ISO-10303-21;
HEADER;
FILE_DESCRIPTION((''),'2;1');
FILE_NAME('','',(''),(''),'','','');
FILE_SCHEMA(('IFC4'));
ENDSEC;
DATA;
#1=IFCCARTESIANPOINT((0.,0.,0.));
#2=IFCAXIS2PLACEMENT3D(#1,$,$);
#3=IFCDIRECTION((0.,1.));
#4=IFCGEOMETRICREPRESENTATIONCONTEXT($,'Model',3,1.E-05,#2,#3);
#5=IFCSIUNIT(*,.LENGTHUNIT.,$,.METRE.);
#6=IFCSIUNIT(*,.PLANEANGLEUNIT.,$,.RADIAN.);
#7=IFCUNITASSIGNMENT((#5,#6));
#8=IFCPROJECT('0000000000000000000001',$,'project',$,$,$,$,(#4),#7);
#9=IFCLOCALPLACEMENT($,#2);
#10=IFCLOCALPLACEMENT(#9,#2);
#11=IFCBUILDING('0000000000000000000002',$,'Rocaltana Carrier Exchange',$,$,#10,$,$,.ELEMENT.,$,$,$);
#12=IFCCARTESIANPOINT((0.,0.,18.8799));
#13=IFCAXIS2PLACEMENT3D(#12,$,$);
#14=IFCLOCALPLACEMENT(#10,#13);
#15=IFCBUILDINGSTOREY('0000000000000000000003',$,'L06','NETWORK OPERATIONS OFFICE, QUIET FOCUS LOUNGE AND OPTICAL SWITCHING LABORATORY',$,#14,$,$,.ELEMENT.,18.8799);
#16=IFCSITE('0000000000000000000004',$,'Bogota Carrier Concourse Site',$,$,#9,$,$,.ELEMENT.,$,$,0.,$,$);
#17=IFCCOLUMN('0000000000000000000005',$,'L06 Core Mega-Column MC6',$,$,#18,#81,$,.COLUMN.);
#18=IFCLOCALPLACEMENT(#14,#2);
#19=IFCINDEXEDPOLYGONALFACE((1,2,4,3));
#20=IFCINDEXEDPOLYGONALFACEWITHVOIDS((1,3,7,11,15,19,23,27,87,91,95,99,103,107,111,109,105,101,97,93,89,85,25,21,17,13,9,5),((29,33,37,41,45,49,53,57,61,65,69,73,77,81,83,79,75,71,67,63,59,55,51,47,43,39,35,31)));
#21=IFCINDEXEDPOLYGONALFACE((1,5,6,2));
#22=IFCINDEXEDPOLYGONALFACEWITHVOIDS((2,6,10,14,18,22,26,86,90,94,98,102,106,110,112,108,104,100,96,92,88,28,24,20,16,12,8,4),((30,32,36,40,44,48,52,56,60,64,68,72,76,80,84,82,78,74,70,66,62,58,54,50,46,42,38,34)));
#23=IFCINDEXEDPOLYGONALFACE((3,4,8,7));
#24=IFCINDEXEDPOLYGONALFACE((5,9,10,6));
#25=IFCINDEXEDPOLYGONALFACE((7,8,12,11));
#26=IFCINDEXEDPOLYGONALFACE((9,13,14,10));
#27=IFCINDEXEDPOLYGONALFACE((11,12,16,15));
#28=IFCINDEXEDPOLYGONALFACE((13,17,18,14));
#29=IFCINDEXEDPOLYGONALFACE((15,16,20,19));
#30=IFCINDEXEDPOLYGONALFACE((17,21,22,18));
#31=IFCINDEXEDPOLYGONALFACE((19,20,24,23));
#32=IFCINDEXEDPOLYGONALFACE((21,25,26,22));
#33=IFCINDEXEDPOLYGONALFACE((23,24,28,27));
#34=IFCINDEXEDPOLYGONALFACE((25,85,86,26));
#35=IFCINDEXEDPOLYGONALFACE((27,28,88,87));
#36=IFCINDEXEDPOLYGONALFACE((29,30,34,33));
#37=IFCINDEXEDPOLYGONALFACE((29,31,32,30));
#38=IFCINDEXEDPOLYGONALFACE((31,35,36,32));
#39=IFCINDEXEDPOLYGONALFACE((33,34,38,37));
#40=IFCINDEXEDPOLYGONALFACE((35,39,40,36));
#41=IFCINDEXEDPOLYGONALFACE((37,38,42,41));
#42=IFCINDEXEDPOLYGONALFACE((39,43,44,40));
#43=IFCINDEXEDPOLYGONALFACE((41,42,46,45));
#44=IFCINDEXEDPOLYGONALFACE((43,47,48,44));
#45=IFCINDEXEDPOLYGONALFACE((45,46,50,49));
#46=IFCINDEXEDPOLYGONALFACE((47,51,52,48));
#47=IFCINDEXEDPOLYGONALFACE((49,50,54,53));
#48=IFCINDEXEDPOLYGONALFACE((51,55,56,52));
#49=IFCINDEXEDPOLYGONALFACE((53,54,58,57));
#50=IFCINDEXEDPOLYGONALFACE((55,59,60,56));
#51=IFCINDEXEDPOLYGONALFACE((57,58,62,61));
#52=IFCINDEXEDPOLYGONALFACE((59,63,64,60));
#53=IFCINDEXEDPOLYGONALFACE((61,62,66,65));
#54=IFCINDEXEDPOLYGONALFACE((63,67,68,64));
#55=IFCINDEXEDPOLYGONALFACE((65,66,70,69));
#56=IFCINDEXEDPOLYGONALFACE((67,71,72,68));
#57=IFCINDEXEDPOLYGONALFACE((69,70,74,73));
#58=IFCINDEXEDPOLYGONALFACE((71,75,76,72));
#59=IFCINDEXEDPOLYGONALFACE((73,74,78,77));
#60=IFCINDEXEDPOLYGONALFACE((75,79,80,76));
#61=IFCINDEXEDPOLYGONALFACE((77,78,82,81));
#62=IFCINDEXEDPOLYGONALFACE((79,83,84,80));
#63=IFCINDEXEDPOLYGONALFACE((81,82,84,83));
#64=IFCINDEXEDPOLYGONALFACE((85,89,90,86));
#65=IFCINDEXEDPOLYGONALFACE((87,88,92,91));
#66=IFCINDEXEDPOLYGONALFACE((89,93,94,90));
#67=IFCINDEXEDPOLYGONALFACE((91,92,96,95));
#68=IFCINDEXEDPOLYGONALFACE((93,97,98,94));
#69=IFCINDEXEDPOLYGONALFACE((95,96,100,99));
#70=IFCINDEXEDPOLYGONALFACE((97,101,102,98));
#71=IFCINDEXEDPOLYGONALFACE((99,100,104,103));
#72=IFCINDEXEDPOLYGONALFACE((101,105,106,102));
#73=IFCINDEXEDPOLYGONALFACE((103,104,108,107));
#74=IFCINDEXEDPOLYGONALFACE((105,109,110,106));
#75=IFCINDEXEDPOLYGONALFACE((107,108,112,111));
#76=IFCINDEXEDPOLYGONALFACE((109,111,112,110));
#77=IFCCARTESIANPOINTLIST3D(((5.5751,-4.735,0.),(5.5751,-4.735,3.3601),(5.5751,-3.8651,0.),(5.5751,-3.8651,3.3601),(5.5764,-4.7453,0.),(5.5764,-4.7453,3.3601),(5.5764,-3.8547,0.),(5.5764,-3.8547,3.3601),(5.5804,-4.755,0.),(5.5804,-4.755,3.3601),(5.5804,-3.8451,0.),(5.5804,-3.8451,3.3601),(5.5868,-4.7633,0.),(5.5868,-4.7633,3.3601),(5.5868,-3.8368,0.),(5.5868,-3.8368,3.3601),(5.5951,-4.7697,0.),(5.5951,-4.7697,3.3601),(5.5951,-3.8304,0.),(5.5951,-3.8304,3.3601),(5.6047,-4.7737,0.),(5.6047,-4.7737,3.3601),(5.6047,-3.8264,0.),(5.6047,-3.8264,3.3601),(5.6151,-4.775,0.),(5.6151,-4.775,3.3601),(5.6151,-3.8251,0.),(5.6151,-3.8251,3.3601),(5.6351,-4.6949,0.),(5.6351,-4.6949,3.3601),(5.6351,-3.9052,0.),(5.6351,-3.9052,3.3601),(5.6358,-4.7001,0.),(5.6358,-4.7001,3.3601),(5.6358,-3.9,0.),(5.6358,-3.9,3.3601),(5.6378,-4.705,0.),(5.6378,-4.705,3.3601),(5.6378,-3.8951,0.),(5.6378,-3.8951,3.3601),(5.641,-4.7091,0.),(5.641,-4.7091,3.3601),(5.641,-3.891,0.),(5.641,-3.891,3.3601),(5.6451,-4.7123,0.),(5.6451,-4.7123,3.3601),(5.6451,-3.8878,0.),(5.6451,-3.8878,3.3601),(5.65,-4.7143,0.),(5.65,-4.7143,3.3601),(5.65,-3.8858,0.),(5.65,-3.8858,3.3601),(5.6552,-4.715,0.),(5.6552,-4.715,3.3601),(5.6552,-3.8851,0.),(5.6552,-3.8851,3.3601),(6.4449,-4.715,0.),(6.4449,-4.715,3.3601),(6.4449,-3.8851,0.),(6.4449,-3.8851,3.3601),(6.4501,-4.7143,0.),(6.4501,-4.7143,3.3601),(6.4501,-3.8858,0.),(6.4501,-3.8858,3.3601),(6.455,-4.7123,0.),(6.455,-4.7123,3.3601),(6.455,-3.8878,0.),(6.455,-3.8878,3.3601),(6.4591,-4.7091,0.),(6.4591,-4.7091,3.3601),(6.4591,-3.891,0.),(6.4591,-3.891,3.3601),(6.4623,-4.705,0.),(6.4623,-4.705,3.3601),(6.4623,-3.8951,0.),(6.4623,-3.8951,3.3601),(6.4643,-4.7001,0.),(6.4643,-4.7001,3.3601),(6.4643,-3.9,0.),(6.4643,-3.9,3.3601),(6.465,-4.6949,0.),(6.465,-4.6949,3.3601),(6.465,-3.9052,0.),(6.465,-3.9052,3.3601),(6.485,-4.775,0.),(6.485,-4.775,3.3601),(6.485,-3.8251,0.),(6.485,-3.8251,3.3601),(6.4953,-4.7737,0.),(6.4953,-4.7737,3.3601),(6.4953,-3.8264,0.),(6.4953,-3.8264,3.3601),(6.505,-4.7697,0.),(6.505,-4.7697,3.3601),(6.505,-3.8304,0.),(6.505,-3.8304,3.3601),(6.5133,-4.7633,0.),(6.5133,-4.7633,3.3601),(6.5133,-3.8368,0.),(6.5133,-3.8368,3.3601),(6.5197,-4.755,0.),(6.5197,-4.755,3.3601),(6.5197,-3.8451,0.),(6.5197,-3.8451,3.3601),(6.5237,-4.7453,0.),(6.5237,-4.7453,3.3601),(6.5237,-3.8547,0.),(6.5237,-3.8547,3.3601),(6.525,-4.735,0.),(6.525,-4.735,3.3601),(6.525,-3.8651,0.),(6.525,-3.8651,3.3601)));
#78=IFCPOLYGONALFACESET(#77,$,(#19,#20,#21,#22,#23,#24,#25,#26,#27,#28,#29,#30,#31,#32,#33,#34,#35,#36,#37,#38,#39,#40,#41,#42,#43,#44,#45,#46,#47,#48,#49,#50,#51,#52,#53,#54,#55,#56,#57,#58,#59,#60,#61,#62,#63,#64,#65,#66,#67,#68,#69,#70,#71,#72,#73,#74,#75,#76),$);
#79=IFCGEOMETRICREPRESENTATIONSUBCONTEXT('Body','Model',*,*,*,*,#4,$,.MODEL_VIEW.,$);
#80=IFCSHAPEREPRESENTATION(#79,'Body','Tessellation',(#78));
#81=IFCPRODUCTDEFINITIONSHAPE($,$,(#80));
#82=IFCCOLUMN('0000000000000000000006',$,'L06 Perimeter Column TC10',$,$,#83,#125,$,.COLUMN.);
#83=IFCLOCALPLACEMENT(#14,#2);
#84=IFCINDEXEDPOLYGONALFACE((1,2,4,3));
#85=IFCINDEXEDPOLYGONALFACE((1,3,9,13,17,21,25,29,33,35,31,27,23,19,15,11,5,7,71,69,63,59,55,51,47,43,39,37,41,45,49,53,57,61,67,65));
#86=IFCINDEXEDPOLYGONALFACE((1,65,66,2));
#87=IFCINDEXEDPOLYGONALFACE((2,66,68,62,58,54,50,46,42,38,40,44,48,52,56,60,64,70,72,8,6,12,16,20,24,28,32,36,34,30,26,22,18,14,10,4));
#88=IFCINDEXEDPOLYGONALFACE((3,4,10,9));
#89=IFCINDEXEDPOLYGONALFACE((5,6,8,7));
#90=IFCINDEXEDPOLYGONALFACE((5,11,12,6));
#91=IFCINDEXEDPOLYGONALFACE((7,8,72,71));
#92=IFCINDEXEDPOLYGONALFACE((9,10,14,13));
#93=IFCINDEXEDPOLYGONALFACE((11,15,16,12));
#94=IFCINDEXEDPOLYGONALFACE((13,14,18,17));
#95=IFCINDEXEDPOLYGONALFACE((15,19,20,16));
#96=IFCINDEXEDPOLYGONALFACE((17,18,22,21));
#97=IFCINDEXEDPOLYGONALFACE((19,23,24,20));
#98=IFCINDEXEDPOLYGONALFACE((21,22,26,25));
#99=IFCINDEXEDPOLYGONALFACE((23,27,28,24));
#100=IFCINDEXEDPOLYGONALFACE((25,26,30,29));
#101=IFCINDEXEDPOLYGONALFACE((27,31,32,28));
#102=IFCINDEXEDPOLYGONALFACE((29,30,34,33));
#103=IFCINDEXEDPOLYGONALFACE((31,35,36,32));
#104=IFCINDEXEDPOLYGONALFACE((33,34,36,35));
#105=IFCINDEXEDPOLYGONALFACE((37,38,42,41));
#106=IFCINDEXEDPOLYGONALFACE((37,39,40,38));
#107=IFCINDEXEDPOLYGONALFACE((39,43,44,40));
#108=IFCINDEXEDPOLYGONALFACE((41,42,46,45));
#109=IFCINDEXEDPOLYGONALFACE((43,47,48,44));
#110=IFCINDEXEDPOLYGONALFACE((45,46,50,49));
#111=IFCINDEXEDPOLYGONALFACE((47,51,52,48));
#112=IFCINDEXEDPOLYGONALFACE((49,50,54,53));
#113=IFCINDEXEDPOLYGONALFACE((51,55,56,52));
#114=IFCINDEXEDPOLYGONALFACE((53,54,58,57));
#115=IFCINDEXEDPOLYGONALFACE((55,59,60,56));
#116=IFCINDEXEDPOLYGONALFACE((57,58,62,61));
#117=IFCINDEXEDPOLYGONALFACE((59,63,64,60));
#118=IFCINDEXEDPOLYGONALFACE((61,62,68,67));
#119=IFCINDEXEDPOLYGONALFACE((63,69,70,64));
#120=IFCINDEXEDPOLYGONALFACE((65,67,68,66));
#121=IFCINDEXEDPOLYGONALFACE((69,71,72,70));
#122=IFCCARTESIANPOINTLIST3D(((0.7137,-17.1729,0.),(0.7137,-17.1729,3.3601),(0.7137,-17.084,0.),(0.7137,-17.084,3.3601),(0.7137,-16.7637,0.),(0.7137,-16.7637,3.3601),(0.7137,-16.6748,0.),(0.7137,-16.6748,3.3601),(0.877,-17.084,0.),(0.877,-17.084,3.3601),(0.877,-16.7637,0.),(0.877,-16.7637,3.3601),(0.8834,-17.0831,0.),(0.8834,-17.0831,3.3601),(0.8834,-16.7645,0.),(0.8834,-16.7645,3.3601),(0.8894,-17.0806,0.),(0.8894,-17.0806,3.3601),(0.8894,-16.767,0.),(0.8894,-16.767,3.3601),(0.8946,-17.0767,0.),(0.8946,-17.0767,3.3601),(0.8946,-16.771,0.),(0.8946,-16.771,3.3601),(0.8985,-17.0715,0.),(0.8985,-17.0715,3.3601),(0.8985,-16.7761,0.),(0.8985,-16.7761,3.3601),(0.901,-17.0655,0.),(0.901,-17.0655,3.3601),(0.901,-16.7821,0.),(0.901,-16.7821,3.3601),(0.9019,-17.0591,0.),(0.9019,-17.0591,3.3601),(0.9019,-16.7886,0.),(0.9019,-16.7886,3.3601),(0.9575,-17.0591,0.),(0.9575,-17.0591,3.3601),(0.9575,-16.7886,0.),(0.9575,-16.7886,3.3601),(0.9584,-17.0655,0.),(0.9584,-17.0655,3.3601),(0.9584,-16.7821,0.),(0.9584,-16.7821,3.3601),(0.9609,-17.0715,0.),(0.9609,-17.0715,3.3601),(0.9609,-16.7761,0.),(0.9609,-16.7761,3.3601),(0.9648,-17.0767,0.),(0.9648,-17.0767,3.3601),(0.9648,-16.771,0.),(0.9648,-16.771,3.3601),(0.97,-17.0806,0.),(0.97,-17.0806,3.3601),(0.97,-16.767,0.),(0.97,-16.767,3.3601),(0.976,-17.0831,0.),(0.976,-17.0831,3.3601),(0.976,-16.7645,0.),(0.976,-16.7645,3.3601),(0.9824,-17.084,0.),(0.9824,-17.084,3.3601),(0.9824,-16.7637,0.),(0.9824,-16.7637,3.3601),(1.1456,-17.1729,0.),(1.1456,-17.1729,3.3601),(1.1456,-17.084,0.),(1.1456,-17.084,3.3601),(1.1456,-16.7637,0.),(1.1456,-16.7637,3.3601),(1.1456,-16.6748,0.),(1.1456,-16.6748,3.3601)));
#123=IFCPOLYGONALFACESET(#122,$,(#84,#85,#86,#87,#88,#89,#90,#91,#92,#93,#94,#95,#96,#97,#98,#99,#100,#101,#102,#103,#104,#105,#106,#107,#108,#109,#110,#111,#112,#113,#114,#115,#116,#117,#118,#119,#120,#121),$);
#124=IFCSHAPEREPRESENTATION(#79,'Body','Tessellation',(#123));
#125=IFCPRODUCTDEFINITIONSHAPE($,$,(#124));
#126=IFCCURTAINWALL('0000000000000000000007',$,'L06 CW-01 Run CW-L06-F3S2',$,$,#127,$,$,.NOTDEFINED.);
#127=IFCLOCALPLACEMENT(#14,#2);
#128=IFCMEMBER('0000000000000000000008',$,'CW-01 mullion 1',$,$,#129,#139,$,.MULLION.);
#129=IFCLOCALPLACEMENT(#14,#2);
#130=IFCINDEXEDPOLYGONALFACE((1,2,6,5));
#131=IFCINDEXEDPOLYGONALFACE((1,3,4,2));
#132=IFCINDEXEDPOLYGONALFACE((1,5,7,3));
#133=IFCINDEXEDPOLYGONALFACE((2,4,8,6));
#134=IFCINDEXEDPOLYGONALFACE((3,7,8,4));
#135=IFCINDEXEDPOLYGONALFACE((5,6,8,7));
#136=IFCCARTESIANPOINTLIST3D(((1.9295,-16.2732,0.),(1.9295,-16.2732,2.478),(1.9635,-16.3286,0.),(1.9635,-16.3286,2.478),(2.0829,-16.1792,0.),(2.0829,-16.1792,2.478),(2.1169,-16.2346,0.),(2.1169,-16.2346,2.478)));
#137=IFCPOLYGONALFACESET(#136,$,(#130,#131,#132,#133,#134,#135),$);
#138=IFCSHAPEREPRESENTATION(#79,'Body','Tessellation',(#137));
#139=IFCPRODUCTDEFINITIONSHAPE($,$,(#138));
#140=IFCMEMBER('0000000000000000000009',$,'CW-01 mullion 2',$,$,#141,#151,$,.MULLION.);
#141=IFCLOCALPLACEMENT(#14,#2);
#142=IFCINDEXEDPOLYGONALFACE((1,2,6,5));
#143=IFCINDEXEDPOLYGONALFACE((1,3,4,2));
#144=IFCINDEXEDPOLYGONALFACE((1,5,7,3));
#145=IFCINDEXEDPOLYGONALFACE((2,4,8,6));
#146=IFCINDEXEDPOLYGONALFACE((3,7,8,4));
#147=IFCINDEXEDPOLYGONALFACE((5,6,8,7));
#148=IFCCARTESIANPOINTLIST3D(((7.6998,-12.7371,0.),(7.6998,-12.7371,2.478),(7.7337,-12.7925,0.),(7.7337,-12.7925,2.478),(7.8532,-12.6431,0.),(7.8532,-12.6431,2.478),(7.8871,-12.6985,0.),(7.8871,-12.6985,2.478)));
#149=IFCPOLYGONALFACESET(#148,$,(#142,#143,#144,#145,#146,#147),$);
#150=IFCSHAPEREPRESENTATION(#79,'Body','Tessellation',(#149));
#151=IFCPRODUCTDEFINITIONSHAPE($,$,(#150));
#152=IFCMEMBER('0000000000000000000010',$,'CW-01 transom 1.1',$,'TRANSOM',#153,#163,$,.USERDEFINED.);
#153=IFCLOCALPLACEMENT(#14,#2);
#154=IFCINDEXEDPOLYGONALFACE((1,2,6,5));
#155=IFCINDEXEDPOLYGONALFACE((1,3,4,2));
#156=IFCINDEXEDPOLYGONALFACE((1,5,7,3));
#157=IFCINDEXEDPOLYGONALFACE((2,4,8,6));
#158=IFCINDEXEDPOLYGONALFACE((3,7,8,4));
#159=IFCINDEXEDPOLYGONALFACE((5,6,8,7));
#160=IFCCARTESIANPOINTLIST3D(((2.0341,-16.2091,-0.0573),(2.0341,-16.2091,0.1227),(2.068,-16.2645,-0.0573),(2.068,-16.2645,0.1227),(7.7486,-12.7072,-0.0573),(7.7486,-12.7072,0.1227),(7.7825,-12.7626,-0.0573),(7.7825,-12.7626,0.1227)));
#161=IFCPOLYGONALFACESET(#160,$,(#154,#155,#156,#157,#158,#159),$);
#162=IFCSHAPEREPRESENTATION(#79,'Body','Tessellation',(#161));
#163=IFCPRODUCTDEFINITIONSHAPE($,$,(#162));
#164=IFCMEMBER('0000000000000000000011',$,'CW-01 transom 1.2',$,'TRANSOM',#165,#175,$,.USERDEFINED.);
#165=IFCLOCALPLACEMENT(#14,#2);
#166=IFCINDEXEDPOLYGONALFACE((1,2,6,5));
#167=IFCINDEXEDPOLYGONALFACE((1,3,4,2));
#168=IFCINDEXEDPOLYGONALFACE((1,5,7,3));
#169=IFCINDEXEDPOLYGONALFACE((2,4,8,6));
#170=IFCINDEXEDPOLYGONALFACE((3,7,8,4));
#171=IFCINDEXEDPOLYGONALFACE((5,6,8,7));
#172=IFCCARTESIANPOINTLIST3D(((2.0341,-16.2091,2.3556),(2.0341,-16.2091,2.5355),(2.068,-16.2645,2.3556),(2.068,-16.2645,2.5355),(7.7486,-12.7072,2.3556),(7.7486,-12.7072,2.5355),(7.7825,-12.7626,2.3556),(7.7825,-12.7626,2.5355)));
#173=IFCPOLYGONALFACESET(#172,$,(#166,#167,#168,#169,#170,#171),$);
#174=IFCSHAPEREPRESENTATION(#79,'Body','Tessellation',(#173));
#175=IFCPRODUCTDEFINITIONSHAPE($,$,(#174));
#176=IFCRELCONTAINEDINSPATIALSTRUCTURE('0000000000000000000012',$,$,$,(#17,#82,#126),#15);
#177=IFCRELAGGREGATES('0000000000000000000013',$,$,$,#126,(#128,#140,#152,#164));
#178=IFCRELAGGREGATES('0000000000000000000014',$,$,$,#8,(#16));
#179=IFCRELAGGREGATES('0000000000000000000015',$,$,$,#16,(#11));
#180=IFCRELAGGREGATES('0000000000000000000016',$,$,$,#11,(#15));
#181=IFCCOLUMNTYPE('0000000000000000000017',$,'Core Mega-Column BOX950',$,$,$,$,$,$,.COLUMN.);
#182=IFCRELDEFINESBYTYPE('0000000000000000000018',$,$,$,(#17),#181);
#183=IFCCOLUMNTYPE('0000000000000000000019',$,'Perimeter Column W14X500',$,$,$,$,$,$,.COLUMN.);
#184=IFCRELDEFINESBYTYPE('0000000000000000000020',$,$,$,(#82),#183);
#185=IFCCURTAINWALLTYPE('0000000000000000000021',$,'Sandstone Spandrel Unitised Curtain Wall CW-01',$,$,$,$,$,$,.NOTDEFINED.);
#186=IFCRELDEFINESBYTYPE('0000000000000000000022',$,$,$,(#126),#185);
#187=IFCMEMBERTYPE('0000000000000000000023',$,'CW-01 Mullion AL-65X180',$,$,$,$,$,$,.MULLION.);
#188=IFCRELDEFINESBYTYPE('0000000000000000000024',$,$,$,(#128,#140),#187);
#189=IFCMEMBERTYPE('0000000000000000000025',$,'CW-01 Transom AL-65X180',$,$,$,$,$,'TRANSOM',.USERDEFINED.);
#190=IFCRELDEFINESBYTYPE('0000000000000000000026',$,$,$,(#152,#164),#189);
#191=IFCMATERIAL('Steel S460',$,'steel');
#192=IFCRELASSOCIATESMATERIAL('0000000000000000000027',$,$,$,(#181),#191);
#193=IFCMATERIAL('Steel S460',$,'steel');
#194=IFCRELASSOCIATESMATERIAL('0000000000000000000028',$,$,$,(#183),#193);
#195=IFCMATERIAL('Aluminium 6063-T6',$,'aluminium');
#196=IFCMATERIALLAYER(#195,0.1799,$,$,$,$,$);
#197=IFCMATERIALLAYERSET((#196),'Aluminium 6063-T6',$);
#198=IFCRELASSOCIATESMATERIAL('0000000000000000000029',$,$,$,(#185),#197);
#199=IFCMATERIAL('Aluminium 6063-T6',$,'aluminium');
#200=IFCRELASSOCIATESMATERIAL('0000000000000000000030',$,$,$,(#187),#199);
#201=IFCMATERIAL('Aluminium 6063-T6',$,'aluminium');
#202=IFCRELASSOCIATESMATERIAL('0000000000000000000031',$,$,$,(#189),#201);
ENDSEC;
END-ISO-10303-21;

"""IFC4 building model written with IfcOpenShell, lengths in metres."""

from ifc_helpers import new_model, si_unit, direction, frame, origin, origin_2d, place, context, subcontext, project, spatial, rectangle, hollow_rectangle, i_section, extrude, material, layer, layer_set, material_profile, profile_set, type_object, element, aggregate, save


model = new_model("IFC4")

# Units and contexts
model_context = context("Model", 3, precision=1e-05, world=origin(), true_north=direction((0.0, 1.0)))
body_context = subcontext(model_context, "Body", "Model", "MODEL_VIEW")
ifc_project = project(units=[si_unit("LENGTHUNIT", "METRE"), si_unit("PLANEANGLEUNIT", "RADIAN")], contexts=[model_context])

# Site, building, storey
site_placement = place(None, origin())
site = spatial("IfcSite", under=ifc_project, at=site_placement, Name="Bogota Carrier Concourse Site", CompositionType="ELEMENT", RefElevation=0.0)
building_placement = place(site_placement, origin())
building = spatial("IfcBuilding", under=site, at=building_placement, Name="Rocaltana Carrier Exchange", CompositionType="ELEMENT")
storey_placement = place(building_placement, frame((0.0, 0.0, 18.8799)))
storey = spatial("IfcBuildingStorey", under=building, at=storey_placement, Name="L06", Description="NETWORK OPERATIONS OFFICE, QUIET FOCUS LOUNGE AND OPTICAL SWITCHING LABORATORY", CompositionType="ELEMENT", Elevation=18.8799)

# Columns
ifc_material_1 = material(Name="Steel S460", Category="steel")
ifc_material_profile_1 = material_profile(ifc_material_1, hollow_rectangle(XDim=0.95, YDim=0.95, WallThickness=0.0601, InnerFilletRadius=0.02, OuterFilletRadius=0.04, at=origin_2d()), Name="BOX950X950X60")
ifc_profile_set_1 = profile_set([ifc_material_profile_1], Name="Steel S460")
column_type_1 = type_object("IfcColumnType", Name="Core Mega-Column BOX950", PredefinedType="COLUMN", material=ifc_profile_set_1)
column_1_placement = place(storey_placement, frame((6.05, -4.3, 0.0), z_axis=(0.0, 0.0, 1.0), x_axis=(1.0, 0.0, 0.0)))
element("IfcColumn", 1, at=column_1_placement, inside=storey, type_object=column_type_1, Name="L06 Core Mega-Column MC6", PredefinedType="COLUMN", context=body_context, shape_type="SweptSolid", body=[
    extrude(hollow_rectangle(XDim=0.95, YDim=0.95, WallThickness=0.0601, InnerFilletRadius=0.02, OuterFilletRadius=0.04, at=origin_2d()), origin(), (0.0, 0.0, 1.0), 3.3601),
])
ifc_material_2 = material(Name="Steel S460", Category="steel")
ifc_material_profile_2 = material_profile(ifc_material_2, i_section(OverallWidth=0.4319, OverallDepth=0.498, WebThickness=0.0557, FlangeThickness=0.0889, FilletRadius=0.0249, at=origin_2d()), Name="W14X500")
ifc_profile_set_2 = profile_set([ifc_material_profile_2], Name="Steel S460")
column_type_2 = type_object("IfcColumnType", Name="Perimeter Column W14X500", PredefinedType="COLUMN", material=ifc_profile_set_2)
column_2_placement = place(storey_placement, frame((0.9297, -16.9238, 0.0), z_axis=(0.0, 0.0, 1.0), x_axis=(1.0, 0.0, 0.0)))
element("IfcColumn", 2, at=column_2_placement, inside=storey, type_object=column_type_2, Name="L06 Perimeter Column TC10", PredefinedType="COLUMN", context=body_context, shape_type="SweptSolid", body=[
    extrude(i_section(OverallWidth=0.4319, OverallDepth=0.498, WebThickness=0.0557, FlangeThickness=0.0889, FilletRadius=0.0249, at=origin_2d()), origin(), (0.0, 0.0, 1.0), 3.3601),
])

# Curtain wall, members
ifc_material_3 = material(Name="Aluminium 6063-T6", Category="aluminium")
ifc_layer_1 = layer(ifc_material_3, 0.1799)
ifc_layer_set_1 = layer_set([ifc_layer_1], Name="Aluminium 6063-T6")
curtain_wall_type = type_object("IfcCurtainWallType", Name="Sandstone Spandrel Unitised Curtain Wall CW-01", PredefinedType="NOTDEFINED", material=ifc_layer_set_1)
curtain_wall_placement = place(storey_placement, origin())
curtain_wall = element("IfcCurtainWall", 3, at=curtain_wall_placement, inside=storey, type_object=curtain_wall_type, Name="L06 CW-01 Run CW-L06-F3S2", PredefinedType="NOTDEFINED")
ifc_material_4 = material(Name="Aluminium 6063-T6", Category="aluminium")
ifc_material_profile_3 = material_profile(ifc_material_4, rectangle(XDim=0.0649, YDim=0.1799, at=origin_2d()), Name="AL-65X180")
ifc_profile_set_3 = profile_set([ifc_material_profile_3], Name="Aluminium 6063-T6")
member_type_1 = type_object("IfcMemberType", Name="CW-01 Mullion AL-65X180", PredefinedType="MULLION", material=ifc_profile_set_3)
member_1_placement = place(storey_placement, frame((2.0232, -16.2539, 0.0), z_axis=(0.0, 0.0, 1.0), x_axis=(-0.5225, 0.852639, 0.0)))
member_1 = element("IfcMember", 4, at=member_1_placement, type_object=member_type_1, Name="CW-01 mullion 1", PredefinedType="MULLION", context=body_context, shape_type="SweptSolid", body=[
    extrude(rectangle(XDim=0.0649, YDim=0.1799, at=origin_2d()), origin(), (0.0, 0.0, 1.0), 2.478),
])
member_2_placement = place(storey_placement, frame((7.7935, -12.7178, 0.0), z_axis=(0.0, 0.0, 1.0), x_axis=(-0.5225, 0.852639, 0.0)))
member_2 = element("IfcMember", 5, at=member_2_placement, type_object=member_type_1, Name="CW-01 mullion 2", PredefinedType="MULLION", context=body_context, shape_type="SweptSolid", body=[
    extrude(rectangle(XDim=0.0649, YDim=0.1799, at=origin_2d()), origin(), (0.0, 0.0, 1.0), 2.478),
])
ifc_material_5 = material(Name="Aluminium 6063-T6", Category="aluminium")
ifc_material_profile_4 = material_profile(ifc_material_5, rectangle(XDim=0.0649, YDim=0.1799, at=origin_2d()), Name="AL-65X180")
ifc_profile_set_4 = profile_set([ifc_material_profile_4], Name="Aluminium 6063-T6")
member_type_2 = type_object("IfcMemberType", Name="CW-01 Transom AL-65X180", ElementType="TRANSOM", PredefinedType="USERDEFINED", material=ifc_profile_set_4)
member_3_placement = place(storey_placement, frame((2.051, -16.2368, 0.0327), z_axis=(0.852637, 0.522503, 0.0), x_axis=(-0.522503, 0.852637, 0.0)))
member_3 = element("IfcMember", 6, at=member_3_placement, type_object=member_type_2, Name="CW-01 transom 1.1", ObjectType="TRANSOM", PredefinedType="USERDEFINED", context=body_context, shape_type="SweptSolid", body=[
    extrude(rectangle(XDim=0.0649, YDim=0.1799, at=origin_2d()), origin(), (0.0, 0.0, 1.0), 6.7021),
])
member_4_placement = place(storey_placement, frame((2.051, -16.2368, 2.4456), z_axis=(0.852637, 0.522503, 0.0), x_axis=(-0.522503, 0.852637, 0.0)))
member_4 = element("IfcMember", 7, at=member_4_placement, type_object=member_type_2, Name="CW-01 transom 1.2", ObjectType="TRANSOM", PredefinedType="USERDEFINED", context=body_context, shape_type="SweptSolid", body=[
    extrude(rectangle(XDim=0.0649, YDim=0.1799, at=origin_2d()), origin(), (0.0, 0.0, 1.0), 6.7021),
])

aggregate(curtain_wall, [member_1, member_2, member_3, member_4])

save(model, "model.ifc")
